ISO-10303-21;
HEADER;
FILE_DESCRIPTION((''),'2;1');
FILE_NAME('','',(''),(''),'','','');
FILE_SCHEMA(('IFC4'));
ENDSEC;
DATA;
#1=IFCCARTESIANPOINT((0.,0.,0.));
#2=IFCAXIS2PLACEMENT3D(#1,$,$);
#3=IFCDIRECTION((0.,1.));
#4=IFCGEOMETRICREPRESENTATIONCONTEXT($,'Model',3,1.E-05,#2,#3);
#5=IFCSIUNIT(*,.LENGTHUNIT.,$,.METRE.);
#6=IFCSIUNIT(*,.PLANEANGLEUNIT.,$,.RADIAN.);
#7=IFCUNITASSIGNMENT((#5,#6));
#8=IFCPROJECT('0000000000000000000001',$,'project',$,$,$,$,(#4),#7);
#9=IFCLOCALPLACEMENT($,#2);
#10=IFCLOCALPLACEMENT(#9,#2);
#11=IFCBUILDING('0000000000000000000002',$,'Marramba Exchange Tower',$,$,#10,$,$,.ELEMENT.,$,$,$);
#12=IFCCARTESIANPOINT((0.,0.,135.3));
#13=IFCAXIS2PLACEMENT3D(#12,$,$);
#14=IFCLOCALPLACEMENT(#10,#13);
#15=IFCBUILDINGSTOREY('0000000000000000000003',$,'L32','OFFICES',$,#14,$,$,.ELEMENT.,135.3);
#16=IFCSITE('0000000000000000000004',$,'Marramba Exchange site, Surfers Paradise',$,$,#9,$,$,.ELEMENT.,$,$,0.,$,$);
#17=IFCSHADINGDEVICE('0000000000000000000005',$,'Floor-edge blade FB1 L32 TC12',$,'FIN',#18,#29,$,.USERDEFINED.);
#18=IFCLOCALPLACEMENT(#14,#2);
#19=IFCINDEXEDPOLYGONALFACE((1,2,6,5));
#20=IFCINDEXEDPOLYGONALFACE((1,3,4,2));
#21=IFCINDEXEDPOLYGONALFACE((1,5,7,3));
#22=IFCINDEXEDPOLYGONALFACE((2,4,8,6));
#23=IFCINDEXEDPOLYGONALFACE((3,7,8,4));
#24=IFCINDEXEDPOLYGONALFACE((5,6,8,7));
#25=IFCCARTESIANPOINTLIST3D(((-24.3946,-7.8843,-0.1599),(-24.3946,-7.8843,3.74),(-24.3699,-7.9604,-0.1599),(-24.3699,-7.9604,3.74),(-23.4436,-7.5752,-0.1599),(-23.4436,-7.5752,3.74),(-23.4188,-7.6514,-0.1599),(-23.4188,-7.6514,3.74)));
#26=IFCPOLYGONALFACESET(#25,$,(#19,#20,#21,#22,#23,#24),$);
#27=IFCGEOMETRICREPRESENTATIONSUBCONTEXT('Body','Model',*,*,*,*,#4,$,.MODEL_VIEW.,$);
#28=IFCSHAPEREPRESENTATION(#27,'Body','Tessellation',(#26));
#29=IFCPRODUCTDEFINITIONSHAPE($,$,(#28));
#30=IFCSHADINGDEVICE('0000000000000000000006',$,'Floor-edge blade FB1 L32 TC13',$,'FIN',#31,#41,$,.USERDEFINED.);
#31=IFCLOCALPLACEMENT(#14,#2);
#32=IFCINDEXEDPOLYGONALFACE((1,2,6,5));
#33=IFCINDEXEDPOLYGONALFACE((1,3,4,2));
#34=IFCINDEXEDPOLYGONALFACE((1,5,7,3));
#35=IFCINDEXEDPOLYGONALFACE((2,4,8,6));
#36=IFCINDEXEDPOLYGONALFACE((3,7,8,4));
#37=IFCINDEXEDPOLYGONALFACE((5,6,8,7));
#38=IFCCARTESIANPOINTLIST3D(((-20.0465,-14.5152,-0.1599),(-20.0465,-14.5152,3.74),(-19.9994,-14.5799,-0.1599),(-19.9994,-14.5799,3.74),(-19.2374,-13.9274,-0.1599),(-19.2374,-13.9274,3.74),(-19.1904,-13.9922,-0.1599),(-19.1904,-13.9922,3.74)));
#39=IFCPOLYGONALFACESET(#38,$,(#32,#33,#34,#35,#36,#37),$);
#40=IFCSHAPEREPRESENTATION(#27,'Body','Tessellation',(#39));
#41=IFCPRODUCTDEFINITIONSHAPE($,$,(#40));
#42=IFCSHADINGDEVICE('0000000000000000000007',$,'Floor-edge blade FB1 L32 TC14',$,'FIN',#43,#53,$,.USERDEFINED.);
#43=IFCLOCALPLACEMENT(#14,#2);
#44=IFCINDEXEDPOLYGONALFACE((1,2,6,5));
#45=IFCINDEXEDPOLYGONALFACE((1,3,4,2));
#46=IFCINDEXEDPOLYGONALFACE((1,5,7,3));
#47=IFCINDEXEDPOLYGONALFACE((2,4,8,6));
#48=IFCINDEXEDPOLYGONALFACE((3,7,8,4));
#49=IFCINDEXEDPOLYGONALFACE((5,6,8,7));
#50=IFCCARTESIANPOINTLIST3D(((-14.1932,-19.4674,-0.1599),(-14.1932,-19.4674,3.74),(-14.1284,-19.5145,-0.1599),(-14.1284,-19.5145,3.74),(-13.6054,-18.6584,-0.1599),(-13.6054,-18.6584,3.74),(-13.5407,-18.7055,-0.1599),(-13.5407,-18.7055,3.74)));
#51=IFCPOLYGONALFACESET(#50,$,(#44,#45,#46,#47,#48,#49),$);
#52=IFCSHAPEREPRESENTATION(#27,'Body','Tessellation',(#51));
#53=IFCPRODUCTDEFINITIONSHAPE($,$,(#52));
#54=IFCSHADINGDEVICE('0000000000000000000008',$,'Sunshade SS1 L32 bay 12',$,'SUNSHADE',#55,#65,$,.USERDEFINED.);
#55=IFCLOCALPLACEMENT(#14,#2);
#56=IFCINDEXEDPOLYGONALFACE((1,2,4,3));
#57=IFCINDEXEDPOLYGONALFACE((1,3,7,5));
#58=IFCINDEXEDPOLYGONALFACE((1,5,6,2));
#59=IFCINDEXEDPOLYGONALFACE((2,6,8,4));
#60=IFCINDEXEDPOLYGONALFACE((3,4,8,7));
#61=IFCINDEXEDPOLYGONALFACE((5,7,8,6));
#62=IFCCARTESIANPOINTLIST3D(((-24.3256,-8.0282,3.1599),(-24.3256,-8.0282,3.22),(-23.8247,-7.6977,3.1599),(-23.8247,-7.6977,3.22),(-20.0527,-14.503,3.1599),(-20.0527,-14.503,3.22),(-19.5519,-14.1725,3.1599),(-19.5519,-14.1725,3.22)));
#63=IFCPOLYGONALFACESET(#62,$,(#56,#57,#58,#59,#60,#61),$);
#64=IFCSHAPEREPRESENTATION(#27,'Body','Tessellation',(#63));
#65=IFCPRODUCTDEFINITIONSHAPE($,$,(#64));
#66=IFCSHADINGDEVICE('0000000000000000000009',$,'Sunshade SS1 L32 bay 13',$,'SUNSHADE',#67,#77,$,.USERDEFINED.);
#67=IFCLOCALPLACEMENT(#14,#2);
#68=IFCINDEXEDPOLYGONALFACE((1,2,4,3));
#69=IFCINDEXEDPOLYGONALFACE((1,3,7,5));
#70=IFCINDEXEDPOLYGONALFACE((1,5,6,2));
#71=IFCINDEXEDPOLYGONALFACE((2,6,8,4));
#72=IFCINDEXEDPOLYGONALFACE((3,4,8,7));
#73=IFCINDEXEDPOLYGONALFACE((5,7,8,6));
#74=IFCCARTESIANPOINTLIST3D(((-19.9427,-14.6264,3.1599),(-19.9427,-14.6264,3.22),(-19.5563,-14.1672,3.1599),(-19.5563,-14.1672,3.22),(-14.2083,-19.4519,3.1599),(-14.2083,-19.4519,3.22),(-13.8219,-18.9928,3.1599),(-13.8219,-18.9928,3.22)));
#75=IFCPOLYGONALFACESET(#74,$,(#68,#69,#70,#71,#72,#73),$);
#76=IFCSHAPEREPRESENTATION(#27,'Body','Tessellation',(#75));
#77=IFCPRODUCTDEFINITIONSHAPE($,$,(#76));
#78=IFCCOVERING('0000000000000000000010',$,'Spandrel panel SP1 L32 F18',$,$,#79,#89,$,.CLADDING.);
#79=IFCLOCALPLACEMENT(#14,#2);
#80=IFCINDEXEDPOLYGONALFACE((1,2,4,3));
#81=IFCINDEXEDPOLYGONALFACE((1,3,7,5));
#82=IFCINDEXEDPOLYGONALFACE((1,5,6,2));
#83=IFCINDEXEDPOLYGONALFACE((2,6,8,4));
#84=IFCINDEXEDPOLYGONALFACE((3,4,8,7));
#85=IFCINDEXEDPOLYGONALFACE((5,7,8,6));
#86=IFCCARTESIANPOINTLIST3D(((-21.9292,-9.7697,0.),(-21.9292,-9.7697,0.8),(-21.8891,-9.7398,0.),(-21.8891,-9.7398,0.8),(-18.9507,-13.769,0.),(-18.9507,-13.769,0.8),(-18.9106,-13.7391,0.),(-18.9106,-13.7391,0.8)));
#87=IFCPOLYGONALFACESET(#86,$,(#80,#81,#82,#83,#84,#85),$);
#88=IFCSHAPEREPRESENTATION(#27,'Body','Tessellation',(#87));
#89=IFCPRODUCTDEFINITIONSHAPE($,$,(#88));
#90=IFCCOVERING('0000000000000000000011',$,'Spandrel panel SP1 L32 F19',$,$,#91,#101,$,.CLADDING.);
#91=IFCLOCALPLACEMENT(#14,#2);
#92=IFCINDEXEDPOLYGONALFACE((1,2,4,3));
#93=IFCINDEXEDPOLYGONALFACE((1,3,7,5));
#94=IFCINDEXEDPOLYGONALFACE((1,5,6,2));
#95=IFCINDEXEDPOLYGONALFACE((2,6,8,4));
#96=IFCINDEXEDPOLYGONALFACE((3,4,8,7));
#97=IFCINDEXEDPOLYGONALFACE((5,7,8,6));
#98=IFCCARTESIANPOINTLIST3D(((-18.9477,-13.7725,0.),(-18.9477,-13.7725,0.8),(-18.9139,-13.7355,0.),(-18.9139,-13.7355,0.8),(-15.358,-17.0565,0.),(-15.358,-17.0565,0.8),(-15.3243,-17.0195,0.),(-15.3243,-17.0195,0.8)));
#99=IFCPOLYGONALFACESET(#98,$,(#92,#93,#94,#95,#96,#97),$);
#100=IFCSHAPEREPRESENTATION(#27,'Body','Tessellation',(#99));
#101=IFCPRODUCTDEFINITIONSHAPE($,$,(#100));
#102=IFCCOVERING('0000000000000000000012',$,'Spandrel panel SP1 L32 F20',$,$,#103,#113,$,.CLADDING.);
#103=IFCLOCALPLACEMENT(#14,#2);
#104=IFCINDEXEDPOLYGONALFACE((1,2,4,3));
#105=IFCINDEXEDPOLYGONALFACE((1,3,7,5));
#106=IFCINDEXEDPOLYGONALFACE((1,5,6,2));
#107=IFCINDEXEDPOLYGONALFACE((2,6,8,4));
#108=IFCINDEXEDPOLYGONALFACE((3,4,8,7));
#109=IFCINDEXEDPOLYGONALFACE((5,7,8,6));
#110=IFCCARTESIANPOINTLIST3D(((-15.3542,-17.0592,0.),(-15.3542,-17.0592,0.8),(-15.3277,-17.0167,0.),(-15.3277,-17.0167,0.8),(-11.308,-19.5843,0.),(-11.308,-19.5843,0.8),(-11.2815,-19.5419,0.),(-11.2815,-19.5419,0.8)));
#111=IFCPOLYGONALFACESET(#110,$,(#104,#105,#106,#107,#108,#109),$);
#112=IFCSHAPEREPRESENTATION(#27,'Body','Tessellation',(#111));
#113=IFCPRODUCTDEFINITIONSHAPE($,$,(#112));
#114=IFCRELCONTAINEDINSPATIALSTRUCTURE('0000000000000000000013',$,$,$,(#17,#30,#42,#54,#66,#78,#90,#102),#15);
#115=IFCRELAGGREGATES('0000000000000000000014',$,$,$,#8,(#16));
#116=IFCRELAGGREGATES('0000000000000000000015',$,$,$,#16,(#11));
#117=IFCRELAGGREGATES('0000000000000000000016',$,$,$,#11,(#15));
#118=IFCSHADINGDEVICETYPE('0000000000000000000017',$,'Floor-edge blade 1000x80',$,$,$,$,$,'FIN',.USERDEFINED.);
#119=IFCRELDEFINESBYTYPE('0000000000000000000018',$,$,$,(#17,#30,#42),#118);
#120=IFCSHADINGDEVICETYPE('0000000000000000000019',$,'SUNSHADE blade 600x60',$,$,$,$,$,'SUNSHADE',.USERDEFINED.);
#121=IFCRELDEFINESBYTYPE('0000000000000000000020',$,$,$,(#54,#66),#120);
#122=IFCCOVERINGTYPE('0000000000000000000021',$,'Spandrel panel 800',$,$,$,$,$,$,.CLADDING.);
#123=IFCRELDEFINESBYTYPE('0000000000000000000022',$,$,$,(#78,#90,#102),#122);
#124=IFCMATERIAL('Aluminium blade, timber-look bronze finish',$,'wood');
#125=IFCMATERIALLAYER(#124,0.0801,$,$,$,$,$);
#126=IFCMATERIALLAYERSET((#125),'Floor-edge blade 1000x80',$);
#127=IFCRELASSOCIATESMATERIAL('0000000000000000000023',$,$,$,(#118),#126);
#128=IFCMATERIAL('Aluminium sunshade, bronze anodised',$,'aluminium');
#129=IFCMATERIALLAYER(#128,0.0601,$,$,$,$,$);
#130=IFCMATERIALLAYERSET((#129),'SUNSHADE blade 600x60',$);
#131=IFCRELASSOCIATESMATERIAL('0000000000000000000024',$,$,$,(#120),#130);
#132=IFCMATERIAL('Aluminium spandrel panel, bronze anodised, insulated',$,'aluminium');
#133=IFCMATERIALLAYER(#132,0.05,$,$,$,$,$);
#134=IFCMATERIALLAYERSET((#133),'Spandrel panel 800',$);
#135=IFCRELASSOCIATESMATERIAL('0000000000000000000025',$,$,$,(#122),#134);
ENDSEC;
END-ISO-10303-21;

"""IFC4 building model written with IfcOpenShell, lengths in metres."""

from ifc_helpers import new_model, si_unit, direction, frame, origin, origin_2d, place, context, subcontext, project, spatial, rectangle, extrude, material, layer, layer_set, type_object, element, save


model = new_model("IFC4")

# Units and contexts
model_context = context("Model", 3, precision=1e-05, world=origin(), true_north=direction((0.0, 1.0)))
body_context = subcontext(model_context, "Body", "Model", "MODEL_VIEW")
ifc_project = project(units=[si_unit("LENGTHUNIT", "METRE"), si_unit("PLANEANGLEUNIT", "RADIAN")], contexts=[model_context])

# Site, building, storey
site_placement = place(None, origin())
site = spatial("IfcSite", under=ifc_project, at=site_placement, Name="Marramba Exchange site, Surfers Paradise", CompositionType="ELEMENT", RefElevation=0.0)
building_placement = place(site_placement, origin())
building = spatial("IfcBuilding", under=site, at=building_placement, Name="Marramba Exchange Tower", CompositionType="ELEMENT")
storey_placement = place(building_placement, frame((0.0, 0.0, 135.3)))
storey = spatial("IfcBuildingStorey", under=building, at=storey_placement, Name="L32", Description="OFFICES", CompositionType="ELEMENT", Elevation=135.3)

# Shading devices
ifc_material_1 = material(Name="Aluminium blade, timber-look bronze finish", Category="wood")
ifc_layer_1 = layer(ifc_material_1, 0.0801)
ifc_layer_set_1 = layer_set([ifc_layer_1], Name="Floor-edge blade 1000x80")
shading_device_type_1 = type_object("IfcShadingDeviceType", Name="Floor-edge blade 1000x80", ElementType="FIN", PredefinedType="USERDEFINED", material=ifc_layer_set_1)
for number, where, z_axis, x_axis, name in (
    (1, (-23.9067, -7.7678, -0.1599), (0.0, 0.0, 1.0), (-0.951057, -0.309017, 0.0), "Floor-edge blade FB1 L32 TC12"),
    (2, (-19.6184, -14.2537, -0.1599), (0.0, 0.0, 1.0), (-0.809017, -0.587785, 0.0), "Floor-edge blade FB1 L32 TC13"),
    (3, (-13.8669, -19.0864, -0.1599), (0.0, 0.0, 1.0), (-0.587785, -0.809017, 0.0), "Floor-edge blade FB1 L32 TC14"),
):
    element("IfcShadingDevice", number, at=place(storey_placement, frame(where, z_axis=z_axis, x_axis=x_axis)), inside=storey, type_object=shading_device_type_1, Name=name, ObjectType="FIN", PredefinedType="USERDEFINED", context=body_context, shape_type="SweptSolid", body=[
        extrude(rectangle(XDim=1.0, YDim=0.0801, at=origin_2d()), origin(), (0.0, 0.0, 1.0), 3.8999),
    ])
ifc_material_2 = material(Name="Aluminium sunshade, bronze anodised", Category="aluminium")
ifc_layer_2 = layer(ifc_material_2, 0.0601)
ifc_layer_set_2 = layer_set([ifc_layer_2], Name="SUNSHADE blade 600x60")
shading_device_type_2 = type_object("IfcShadingDeviceType", Name="SUNSHADE blade 600x60", ElementType="SUNSHADE", PredefinedType="USERDEFINED", material=ifc_layer_set_2)
shading_device_1_placement = place(storey_placement, frame((-21.9387, -11.1003, 3.1599), z_axis=(0.0, 0.0, 1.0), x_axis=(0.550792, -0.834642, 0.0)))
element("IfcShadingDevice", 4, at=shading_device_1_placement, inside=storey, type_object=shading_device_type_2, Name="Sunshade SS1 L32 bay 12", ObjectType="SUNSHADE", PredefinedType="USERDEFINED", context=body_context, shape_type="SweptSolid", body=[
    extrude(rectangle(XDim=7.7576, YDim=0.6001, at=origin_2d()), origin(), (0.0, 0.0, 1.0), 0.0601),
])
shading_device_2_placement = place(storey_placement, frame((-16.8823, -16.8096, 3.1599), z_axis=(0.0, 0.0, 1.0), x_axis=(0.765139, -0.643866, 0.0)))
element("IfcShadingDevice", 5, at=shading_device_2_placement, inside=storey, type_object=shading_device_type_2, Name="Sunshade SS1 L32 bay 13", ObjectType="SUNSHADE", PredefinedType="USERDEFINED", context=body_context, shape_type="SweptSolid", body=[
    extrude(rectangle(XDim=7.4946, YDim=0.6001, at=origin_2d()), origin(), (0.0, 0.0, 1.0), 0.0601),
])

# Coverings
ifc_material_3 = material(Name="Aluminium spandrel panel, bronze anodised, insulated", Category="aluminium")
ifc_layer_3 = layer(ifc_material_3, 0.05)
ifc_layer_set_3 = layer_set([ifc_layer_3], Name="Spandrel panel 800")
covering_type = type_object("IfcCoveringType", Name="Spandrel panel 800", PredefinedType="CLADDING", material=ifc_layer_set_3)
covering_1_placement = place(storey_placement, frame((-20.4199, -11.7544, 0.0), z_axis=(0.0, 0.0, 1.0), x_axis=(0.597305, -0.802014, 0.0)))
element("IfcCovering", 6, at=covering_1_placement, inside=storey, type_object=covering_type, Name="Spandrel panel SP1 L32 F18", PredefinedType="CLADDING", context=body_context, shape_type="SweptSolid", body=[
    extrude(rectangle(XDim=4.9866, YDim=0.05, at=origin_2d()), origin(), (0.0, 0.0, 1.0), 0.8),
])
covering_2_placement = place(storey_placement, frame((-17.136, -15.396, 0.0), z_axis=(0.0, 0.0, 1.0), x_axis=(0.737822, -0.674995, 0.0)))
element("IfcCovering", 7, at=covering_2_placement, inside=storey, type_object=covering_type, Name="Spandrel panel SP1 L32 F19", PredefinedType="CLADDING", context=body_context, shape_type="SweptSolid", body=[
    extrude(rectangle(XDim=4.8652, YDim=0.05, at=origin_2d()), origin(), (0.0, 0.0, 1.0), 0.8),
])
covering_3_placement = place(storey_placement, frame((-13.3179, -18.3005, 0.0), z_axis=(0.0, 0.0, 1.0), x_axis=(0.848355, -0.529428, 0.0)))
element("IfcCovering", 8, at=covering_3_placement, inside=storey, type_object=covering_type, Name="Spandrel panel SP1 L32 F20", PredefinedType="CLADDING", context=body_context, shape_type="SweptSolid", body=[
    extrude(rectangle(XDim=4.7695, YDim=0.05, at=origin_2d()), origin(), (0.0, 0.0, 1.0), 0.8),
])

save(model, "model.ifc")
